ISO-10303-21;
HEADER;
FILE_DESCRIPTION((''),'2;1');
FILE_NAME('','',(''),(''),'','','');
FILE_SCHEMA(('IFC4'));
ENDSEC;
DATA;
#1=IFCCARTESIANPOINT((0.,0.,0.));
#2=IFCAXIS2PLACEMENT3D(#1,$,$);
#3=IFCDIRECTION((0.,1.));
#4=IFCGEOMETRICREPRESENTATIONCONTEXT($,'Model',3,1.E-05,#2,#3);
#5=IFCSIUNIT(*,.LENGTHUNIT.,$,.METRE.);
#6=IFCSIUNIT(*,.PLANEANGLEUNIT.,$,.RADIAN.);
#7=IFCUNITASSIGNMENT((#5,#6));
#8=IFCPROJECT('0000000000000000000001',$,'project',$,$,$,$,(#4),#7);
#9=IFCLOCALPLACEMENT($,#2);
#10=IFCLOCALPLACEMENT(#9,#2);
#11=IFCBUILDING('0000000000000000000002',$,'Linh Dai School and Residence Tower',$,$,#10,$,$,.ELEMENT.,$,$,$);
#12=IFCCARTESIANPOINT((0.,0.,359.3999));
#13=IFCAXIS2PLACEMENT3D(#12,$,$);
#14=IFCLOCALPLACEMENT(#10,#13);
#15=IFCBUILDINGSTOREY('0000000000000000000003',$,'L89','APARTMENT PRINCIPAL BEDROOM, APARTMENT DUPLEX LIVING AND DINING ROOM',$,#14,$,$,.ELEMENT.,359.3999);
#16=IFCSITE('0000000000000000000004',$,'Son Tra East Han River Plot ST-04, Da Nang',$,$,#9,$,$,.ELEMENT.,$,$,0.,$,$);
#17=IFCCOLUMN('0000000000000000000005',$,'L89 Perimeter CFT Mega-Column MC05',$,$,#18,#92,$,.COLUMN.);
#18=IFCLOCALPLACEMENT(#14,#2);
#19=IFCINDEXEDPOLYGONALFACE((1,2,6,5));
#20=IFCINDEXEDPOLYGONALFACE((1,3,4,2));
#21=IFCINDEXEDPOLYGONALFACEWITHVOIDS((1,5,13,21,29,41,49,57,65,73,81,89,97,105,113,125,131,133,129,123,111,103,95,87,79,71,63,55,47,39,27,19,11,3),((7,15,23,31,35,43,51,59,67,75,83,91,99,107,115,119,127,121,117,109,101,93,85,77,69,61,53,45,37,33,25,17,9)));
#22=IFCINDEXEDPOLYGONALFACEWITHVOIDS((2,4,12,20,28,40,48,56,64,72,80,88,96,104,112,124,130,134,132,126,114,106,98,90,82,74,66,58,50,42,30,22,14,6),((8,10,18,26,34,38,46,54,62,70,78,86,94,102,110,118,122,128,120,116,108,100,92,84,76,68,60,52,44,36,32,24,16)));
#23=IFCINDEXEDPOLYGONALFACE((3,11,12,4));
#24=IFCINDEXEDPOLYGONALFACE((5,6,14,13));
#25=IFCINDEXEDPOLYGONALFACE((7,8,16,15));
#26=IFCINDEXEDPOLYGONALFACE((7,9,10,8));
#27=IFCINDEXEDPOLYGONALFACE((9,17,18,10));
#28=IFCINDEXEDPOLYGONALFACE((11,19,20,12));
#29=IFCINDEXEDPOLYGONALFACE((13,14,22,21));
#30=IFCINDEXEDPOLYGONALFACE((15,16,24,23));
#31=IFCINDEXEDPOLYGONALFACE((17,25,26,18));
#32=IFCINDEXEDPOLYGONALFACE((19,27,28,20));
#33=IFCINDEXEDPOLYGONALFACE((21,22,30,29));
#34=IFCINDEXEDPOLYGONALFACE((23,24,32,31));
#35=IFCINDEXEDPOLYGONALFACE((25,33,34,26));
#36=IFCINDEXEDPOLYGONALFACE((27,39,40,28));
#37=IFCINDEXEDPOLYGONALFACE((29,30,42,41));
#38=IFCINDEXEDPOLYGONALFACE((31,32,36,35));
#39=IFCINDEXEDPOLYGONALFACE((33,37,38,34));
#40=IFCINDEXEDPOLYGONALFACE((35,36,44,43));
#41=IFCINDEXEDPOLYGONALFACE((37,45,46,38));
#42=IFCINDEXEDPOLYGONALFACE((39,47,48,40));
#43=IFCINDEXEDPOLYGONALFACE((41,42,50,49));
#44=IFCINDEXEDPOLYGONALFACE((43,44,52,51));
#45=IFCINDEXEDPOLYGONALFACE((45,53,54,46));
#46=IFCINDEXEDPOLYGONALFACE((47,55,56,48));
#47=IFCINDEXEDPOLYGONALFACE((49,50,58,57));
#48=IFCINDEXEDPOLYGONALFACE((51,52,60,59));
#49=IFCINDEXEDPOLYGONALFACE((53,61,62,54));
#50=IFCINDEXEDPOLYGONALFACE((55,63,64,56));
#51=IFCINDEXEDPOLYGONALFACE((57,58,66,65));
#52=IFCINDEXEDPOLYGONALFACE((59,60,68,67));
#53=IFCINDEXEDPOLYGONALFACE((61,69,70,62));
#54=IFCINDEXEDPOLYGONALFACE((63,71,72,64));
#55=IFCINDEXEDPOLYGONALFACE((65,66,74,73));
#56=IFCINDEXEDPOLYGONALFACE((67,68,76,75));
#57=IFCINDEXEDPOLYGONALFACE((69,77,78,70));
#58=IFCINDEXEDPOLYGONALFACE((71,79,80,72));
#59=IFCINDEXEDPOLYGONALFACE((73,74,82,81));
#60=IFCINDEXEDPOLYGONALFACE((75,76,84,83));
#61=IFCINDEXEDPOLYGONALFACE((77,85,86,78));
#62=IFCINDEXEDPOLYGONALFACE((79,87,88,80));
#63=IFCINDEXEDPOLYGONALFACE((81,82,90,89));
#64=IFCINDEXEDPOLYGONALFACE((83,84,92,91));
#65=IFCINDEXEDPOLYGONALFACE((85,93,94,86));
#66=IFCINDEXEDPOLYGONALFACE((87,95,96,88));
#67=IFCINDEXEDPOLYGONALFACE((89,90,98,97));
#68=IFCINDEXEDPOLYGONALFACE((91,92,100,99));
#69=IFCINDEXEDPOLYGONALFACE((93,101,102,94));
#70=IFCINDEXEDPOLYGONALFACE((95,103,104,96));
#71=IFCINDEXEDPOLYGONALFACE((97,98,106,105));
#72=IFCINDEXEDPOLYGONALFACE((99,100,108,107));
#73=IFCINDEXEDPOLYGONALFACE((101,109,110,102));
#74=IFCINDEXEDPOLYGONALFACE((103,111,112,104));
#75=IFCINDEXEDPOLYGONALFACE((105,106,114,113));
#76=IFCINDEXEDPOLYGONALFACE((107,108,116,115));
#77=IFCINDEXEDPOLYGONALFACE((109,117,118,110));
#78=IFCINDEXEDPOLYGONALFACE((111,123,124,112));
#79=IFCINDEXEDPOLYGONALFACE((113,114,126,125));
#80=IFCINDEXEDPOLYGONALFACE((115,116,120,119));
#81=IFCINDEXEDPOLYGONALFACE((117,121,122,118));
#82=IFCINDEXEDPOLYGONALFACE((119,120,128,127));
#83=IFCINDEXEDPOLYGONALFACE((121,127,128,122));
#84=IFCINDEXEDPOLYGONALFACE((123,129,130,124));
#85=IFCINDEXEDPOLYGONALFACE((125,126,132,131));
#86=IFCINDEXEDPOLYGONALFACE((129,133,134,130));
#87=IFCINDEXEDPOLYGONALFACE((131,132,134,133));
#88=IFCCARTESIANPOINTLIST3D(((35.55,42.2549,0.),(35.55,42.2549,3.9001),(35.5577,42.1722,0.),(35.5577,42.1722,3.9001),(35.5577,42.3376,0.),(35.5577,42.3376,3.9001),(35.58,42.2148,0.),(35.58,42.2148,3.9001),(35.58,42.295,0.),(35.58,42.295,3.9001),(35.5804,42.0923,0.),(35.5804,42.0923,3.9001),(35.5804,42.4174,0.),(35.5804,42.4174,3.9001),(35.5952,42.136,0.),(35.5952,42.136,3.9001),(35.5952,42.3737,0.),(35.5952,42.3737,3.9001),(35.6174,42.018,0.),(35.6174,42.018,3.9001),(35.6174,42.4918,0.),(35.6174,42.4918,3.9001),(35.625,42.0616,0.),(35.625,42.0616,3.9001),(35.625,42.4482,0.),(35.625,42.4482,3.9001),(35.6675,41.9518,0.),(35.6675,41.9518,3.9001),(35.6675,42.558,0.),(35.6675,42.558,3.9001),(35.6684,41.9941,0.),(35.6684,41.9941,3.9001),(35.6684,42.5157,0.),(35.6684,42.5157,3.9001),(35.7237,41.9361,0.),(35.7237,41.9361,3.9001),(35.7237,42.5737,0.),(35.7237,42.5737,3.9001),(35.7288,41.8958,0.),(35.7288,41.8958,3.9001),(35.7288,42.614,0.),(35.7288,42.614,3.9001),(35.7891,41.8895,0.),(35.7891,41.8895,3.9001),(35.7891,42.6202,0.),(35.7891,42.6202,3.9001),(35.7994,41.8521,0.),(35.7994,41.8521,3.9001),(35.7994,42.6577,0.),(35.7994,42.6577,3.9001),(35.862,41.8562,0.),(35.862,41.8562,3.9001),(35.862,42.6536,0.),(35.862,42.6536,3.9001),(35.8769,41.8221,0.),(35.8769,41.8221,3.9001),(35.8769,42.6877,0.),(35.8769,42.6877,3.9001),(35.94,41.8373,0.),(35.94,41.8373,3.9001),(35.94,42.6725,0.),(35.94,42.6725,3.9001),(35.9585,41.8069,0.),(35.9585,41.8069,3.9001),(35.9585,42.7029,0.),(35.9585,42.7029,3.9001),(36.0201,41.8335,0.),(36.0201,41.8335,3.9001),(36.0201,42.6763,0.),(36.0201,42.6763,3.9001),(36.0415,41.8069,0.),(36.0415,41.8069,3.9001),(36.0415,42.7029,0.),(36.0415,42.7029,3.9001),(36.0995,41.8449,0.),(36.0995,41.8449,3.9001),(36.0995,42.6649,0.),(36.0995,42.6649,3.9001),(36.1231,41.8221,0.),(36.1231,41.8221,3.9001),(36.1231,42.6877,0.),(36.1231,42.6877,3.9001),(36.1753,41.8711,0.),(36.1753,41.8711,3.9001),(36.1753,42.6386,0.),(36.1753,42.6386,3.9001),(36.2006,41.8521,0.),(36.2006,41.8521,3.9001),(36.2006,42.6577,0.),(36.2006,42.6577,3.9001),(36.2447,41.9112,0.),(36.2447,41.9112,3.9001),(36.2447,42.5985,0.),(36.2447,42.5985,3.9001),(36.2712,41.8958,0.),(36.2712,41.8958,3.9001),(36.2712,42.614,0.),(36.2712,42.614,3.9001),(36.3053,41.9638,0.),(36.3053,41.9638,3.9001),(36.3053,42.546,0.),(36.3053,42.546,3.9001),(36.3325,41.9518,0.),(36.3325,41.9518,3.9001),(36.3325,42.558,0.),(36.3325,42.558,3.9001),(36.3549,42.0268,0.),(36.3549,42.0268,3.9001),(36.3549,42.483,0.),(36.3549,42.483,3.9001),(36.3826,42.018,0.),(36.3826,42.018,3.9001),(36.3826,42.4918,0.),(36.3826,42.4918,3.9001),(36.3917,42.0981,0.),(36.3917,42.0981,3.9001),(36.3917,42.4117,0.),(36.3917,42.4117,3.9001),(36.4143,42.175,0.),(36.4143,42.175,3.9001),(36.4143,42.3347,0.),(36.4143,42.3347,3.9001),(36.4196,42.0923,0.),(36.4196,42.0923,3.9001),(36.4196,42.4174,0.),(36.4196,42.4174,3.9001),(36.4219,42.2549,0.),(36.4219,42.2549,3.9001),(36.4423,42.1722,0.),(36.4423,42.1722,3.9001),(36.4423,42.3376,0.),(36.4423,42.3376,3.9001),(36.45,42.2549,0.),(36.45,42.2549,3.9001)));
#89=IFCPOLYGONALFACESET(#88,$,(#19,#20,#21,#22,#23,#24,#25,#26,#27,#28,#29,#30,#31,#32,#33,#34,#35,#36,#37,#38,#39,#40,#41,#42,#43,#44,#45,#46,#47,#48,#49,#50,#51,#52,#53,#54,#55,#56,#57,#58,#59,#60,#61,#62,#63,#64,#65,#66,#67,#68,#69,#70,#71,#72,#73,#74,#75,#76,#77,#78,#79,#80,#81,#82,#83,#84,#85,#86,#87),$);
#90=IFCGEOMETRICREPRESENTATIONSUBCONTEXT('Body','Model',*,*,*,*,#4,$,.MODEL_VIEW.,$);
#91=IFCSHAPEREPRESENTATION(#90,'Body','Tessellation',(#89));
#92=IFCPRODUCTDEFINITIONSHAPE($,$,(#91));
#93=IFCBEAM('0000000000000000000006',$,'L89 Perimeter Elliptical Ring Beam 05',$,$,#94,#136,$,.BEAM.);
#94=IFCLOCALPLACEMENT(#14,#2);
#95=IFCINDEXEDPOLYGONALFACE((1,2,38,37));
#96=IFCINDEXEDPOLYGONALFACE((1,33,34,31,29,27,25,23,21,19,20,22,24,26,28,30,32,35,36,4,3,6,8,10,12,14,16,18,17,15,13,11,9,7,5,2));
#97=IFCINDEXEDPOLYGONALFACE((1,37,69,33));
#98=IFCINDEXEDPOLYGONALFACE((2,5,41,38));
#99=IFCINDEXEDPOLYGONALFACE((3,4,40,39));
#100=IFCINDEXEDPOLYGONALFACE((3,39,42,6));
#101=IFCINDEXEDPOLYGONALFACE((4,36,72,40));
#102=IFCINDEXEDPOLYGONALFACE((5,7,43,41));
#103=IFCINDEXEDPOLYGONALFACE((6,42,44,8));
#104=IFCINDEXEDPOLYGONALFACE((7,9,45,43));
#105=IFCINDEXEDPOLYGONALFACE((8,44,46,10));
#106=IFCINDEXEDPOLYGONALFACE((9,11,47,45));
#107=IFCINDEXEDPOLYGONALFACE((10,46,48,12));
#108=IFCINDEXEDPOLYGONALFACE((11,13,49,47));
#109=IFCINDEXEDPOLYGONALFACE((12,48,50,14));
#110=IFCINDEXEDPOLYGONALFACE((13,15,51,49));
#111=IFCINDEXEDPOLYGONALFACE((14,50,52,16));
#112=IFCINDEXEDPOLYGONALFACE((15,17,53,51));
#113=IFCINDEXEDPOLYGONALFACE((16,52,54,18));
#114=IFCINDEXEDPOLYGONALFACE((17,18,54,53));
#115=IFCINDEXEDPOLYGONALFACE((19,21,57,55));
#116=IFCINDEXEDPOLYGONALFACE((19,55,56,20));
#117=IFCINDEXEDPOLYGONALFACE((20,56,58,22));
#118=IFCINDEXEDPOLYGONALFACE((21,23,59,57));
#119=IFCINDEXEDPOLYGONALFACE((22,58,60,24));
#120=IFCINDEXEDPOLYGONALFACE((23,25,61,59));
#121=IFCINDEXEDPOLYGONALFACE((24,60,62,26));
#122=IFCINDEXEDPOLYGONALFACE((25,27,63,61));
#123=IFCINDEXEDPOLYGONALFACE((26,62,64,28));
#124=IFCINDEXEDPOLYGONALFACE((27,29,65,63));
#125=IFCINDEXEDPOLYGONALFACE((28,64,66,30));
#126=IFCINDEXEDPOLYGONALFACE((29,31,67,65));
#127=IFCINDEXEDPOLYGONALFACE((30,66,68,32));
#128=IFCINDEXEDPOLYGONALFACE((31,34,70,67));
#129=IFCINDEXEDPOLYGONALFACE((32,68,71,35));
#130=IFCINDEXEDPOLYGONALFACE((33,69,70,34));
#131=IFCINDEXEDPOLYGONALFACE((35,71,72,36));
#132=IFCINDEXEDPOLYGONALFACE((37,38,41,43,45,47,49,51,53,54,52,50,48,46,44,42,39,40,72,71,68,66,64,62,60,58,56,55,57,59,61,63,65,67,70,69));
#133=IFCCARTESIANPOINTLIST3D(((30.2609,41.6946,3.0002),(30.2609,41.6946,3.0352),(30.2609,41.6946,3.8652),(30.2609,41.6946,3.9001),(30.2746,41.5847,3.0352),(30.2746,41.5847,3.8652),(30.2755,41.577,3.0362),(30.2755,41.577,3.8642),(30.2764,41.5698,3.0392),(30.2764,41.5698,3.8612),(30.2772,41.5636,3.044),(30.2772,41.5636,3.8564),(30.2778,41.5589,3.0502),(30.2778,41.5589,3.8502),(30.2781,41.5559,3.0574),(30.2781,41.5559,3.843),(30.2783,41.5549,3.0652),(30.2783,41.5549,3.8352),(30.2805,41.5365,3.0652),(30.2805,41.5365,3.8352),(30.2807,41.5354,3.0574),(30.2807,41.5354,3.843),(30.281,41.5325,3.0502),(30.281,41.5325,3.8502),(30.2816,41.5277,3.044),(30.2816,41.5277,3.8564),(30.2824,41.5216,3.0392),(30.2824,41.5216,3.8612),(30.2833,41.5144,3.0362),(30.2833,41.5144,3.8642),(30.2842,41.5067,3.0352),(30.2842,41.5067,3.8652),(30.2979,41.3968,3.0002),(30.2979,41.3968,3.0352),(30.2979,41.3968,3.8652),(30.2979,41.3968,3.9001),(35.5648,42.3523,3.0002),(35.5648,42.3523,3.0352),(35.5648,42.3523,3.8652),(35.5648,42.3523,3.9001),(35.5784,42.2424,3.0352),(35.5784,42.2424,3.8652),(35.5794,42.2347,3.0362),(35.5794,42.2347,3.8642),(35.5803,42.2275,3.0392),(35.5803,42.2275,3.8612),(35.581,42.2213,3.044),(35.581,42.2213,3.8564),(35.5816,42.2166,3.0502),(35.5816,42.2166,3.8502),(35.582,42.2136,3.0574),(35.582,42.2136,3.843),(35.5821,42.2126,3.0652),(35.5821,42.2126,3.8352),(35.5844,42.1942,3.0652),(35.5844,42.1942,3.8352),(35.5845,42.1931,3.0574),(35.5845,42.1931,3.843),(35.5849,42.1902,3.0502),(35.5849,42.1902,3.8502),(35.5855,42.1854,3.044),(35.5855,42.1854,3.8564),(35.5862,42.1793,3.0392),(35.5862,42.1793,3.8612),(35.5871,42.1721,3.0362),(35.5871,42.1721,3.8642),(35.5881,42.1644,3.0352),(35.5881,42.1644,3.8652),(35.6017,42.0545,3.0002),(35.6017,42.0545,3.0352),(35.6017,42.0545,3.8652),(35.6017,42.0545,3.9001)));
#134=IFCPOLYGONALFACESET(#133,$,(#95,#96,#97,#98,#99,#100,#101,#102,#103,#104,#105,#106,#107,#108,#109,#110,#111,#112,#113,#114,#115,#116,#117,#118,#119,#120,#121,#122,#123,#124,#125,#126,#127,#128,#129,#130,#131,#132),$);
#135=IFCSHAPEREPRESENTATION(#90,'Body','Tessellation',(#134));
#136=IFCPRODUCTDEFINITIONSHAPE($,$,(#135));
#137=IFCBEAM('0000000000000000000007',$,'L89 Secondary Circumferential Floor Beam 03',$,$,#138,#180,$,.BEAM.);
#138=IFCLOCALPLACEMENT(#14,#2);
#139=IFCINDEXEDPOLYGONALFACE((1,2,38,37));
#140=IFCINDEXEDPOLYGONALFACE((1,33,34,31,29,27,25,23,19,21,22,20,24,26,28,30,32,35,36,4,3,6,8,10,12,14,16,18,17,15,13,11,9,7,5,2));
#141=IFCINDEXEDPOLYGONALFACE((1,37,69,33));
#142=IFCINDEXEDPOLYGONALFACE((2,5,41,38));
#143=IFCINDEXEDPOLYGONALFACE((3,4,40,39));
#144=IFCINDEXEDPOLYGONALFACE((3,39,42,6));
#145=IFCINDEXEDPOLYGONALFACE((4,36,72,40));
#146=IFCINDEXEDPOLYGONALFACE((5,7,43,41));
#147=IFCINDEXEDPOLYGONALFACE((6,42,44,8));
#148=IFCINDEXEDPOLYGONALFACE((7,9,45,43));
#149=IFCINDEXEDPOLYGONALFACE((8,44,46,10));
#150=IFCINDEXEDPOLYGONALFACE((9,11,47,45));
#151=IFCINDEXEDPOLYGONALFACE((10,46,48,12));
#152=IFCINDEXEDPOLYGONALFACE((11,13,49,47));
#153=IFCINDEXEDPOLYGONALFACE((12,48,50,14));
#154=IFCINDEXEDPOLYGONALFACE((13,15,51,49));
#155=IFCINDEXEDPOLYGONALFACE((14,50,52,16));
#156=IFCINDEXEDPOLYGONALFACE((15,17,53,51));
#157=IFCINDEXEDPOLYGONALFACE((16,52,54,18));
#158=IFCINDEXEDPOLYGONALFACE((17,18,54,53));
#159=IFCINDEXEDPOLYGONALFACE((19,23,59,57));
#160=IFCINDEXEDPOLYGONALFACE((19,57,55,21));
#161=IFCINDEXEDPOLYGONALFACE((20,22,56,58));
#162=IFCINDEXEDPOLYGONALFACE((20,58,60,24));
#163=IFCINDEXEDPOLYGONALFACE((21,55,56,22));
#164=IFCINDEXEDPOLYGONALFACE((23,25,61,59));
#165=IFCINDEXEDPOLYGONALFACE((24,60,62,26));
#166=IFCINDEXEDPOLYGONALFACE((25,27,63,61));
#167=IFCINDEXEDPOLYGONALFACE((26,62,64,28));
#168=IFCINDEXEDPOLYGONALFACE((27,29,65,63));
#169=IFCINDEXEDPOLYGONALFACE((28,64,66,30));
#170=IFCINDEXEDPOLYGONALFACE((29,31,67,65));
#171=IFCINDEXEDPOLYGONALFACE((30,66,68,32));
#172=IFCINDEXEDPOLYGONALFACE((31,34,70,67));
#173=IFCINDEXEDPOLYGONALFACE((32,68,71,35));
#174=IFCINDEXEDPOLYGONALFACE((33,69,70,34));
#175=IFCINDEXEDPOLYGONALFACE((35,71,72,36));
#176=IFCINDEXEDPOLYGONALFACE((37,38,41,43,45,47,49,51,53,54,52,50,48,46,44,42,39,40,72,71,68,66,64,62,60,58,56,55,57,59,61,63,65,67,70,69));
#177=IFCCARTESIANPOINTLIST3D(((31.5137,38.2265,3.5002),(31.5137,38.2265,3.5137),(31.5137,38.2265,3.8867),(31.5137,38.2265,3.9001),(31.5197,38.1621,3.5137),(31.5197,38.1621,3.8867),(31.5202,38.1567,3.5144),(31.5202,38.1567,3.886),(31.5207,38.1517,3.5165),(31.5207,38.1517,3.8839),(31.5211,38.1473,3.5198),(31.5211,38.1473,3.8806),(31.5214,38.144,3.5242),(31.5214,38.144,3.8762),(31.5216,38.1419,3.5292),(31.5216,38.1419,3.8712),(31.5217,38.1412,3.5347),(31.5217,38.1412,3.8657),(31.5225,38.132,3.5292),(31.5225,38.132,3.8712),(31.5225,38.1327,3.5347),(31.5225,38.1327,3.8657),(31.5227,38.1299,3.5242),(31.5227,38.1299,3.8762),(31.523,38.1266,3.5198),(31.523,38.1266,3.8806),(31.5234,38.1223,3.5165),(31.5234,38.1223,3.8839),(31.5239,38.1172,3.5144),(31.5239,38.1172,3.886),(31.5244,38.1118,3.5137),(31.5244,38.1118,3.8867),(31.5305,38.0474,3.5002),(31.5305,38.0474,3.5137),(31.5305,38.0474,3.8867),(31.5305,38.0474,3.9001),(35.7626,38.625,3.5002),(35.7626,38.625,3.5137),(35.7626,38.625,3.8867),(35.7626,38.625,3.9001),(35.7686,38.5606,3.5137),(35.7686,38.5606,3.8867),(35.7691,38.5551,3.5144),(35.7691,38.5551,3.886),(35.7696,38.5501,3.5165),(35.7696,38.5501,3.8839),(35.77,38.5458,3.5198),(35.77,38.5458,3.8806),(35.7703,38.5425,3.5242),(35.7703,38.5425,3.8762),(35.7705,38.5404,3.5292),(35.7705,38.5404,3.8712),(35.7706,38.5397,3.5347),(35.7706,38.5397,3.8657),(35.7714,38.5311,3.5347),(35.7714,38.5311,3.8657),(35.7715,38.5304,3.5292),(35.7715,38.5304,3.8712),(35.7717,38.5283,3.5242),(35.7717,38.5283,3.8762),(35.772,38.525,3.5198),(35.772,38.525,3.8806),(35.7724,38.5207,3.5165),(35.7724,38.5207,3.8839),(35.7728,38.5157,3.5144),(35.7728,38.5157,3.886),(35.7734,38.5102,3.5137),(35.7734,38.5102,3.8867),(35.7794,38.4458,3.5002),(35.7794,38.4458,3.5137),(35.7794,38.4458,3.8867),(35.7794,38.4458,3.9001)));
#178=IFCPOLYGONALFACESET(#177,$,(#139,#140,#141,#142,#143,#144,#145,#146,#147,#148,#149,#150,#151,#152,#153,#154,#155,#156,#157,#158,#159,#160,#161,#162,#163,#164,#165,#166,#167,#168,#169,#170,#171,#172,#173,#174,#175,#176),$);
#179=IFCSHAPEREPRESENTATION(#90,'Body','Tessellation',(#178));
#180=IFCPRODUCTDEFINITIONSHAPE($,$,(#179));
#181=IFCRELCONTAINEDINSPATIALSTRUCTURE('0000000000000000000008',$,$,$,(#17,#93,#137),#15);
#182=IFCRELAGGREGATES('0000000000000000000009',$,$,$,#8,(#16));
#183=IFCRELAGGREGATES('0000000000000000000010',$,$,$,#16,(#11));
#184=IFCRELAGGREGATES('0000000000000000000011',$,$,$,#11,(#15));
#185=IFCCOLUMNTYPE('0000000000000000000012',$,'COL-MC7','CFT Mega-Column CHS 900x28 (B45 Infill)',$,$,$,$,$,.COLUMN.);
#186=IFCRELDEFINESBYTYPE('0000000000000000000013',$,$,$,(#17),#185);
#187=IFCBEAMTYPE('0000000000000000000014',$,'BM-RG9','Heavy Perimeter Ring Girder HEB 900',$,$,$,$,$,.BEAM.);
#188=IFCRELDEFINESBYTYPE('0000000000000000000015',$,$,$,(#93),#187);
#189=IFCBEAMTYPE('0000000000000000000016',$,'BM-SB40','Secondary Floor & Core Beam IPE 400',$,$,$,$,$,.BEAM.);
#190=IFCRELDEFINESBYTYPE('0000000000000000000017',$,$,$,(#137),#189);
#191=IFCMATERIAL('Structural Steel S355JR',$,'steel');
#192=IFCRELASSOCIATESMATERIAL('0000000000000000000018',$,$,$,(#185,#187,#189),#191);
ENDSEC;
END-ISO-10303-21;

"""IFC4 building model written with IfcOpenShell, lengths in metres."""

from ifc_helpers import new_model, si_unit, direction, frame, origin, origin_2d, place, context, subcontext, project, spatial, hollow_circle, i_section, extrude, material, material_profile, profile_set, type_object, element, save


model = new_model("IFC4")

# Units and contexts
model_context = context("Model", 3, precision=1e-05, world=origin(), true_north=direction((0.0, 1.0)))
body_context = subcontext(model_context, "Body", "Model", "MODEL_VIEW")
ifc_project = project(units=[si_unit("LENGTHUNIT", "METRE"), si_unit("PLANEANGLEUNIT", "RADIAN")], contexts=[model_context])

# Site, building, storey
site_placement = place(None, origin())
site = spatial("IfcSite", under=ifc_project, at=site_placement, Name="Son Tra East Han River Plot ST-04, Da Nang", CompositionType="ELEMENT", RefElevation=0.0)
building_placement = place(site_placement, origin())
building = spatial("IfcBuilding", under=site, at=building_placement, Name="Linh Dai School and Residence Tower", CompositionType="ELEMENT")
storey_placement = place(building_placement, frame((0.0, 0.0, 359.3999)))
storey = spatial("IfcBuildingStorey", under=building, at=storey_placement, Name="L89", Description="APARTMENT PRINCIPAL BEDROOM, APARTMENT DUPLEX LIVING AND DINING ROOM", CompositionType="ELEMENT", Elevation=359.3999)

# Column
ifc_material_1 = material(Name="Structural Steel S355JR", Category="steel")
ifc_material_profile_1 = material_profile(ifc_material_1, hollow_circle(Radius=0.45, WallThickness=0.0281, at=origin_2d()), Name="CHS 900x28")
ifc_profile_set_1 = profile_set([ifc_material_profile_1], Name="Structural Steel S355JR")
column_type = type_object("IfcColumnType", Name="COL-MC7", Description="CFT Mega-Column CHS 900x28 (B45 Infill)", PredefinedType="COLUMN", material=ifc_profile_set_1)
column_placement = place(storey_placement, frame((36.0, 42.2549, 0.0), z_axis=(0.0, 0.0, 1.0), x_axis=(1.0, 0.0, 0.0)))
element("IfcColumn", 1, at=column_placement, inside=storey, type_object=column_type, Name="L89 Perimeter CFT Mega-Column MC05", PredefinedType="COLUMN", context=body_context, shape_type="SweptSolid", body=[
    extrude(hollow_circle(Radius=0.45, WallThickness=0.0281, at=origin_2d()), origin(), (0.0, 0.0, 1.0), 3.9001),
])

# Beams
ifc_material_profile_2 = material_profile(ifc_material_1, i_section(OverallWidth=0.3, OverallDepth=0.8999, WebThickness=0.0186, FlangeThickness=0.0349, FilletRadius=0.03, at=origin_2d()), Name="HEB 900")
ifc_profile_set_2 = profile_set([ifc_material_profile_2], Name="Structural Steel S355JR")
beam_type_1 = type_object("IfcBeamType", Name="BM-RG9", Description="Heavy Perimeter Ring Girder HEB 900", PredefinedType="BEAM", material=ifc_profile_set_2)
beam_1_placement = place(storey_placement, frame((35.5833, 42.2034, 3.4502), z_axis=(-0.992399, -0.123062, 0.0), x_axis=(0.123062, -0.992399, 0.0)))
element("IfcBeam", 2, at=beam_1_placement, inside=storey, type_object=beam_type_1, Name="L89 Perimeter Elliptical Ring Beam 05", PredefinedType="BEAM", context=body_context, shape_type="SweptSolid", body=[
    extrude(i_section(OverallWidth=0.3, OverallDepth=0.8999, WebThickness=0.0186, FlangeThickness=0.0349, FilletRadius=0.03, at=origin_2d()), origin(), (0.0, 0.0, 1.0), 5.3445),
])
ifc_material_profile_3 = material_profile(ifc_material_1, i_section(OverallWidth=0.1799, OverallDepth=0.3999, WebThickness=0.0085, FlangeThickness=0.0134, FilletRadius=0.021, at=origin_2d()), Name="IPE 400")
ifc_profile_set_3 = profile_set([ifc_material_profile_3], Name="Structural Steel S355JR")
beam_type_2 = type_object("IfcBeamType", Name="BM-SB40", Description="Secondary Floor & Core Beam IPE 400", PredefinedType="BEAM", material=ifc_profile_set_3)
beam_2_placement = place(storey_placement, frame((35.771, 38.5354, 3.7002), z_axis=(-0.995632, -0.093362, 0.0), x_axis=(0.093362, -0.995632, 0.0)))
element("IfcBeam", 3, at=beam_2_placement, inside=storey, type_object=beam_type_2, Name="L89 Secondary Circumferential Floor Beam 03", PredefinedType="BEAM", context=body_context, shape_type="SweptSolid", body=[
    extrude(i_section(OverallWidth=0.1799, OverallDepth=0.3999, WebThickness=0.0085, FlangeThickness=0.0134, FilletRadius=0.021, at=origin_2d()), origin(), (0.0, 0.0, 1.0), 4.2676),
])

save(model, "model.ifc")
